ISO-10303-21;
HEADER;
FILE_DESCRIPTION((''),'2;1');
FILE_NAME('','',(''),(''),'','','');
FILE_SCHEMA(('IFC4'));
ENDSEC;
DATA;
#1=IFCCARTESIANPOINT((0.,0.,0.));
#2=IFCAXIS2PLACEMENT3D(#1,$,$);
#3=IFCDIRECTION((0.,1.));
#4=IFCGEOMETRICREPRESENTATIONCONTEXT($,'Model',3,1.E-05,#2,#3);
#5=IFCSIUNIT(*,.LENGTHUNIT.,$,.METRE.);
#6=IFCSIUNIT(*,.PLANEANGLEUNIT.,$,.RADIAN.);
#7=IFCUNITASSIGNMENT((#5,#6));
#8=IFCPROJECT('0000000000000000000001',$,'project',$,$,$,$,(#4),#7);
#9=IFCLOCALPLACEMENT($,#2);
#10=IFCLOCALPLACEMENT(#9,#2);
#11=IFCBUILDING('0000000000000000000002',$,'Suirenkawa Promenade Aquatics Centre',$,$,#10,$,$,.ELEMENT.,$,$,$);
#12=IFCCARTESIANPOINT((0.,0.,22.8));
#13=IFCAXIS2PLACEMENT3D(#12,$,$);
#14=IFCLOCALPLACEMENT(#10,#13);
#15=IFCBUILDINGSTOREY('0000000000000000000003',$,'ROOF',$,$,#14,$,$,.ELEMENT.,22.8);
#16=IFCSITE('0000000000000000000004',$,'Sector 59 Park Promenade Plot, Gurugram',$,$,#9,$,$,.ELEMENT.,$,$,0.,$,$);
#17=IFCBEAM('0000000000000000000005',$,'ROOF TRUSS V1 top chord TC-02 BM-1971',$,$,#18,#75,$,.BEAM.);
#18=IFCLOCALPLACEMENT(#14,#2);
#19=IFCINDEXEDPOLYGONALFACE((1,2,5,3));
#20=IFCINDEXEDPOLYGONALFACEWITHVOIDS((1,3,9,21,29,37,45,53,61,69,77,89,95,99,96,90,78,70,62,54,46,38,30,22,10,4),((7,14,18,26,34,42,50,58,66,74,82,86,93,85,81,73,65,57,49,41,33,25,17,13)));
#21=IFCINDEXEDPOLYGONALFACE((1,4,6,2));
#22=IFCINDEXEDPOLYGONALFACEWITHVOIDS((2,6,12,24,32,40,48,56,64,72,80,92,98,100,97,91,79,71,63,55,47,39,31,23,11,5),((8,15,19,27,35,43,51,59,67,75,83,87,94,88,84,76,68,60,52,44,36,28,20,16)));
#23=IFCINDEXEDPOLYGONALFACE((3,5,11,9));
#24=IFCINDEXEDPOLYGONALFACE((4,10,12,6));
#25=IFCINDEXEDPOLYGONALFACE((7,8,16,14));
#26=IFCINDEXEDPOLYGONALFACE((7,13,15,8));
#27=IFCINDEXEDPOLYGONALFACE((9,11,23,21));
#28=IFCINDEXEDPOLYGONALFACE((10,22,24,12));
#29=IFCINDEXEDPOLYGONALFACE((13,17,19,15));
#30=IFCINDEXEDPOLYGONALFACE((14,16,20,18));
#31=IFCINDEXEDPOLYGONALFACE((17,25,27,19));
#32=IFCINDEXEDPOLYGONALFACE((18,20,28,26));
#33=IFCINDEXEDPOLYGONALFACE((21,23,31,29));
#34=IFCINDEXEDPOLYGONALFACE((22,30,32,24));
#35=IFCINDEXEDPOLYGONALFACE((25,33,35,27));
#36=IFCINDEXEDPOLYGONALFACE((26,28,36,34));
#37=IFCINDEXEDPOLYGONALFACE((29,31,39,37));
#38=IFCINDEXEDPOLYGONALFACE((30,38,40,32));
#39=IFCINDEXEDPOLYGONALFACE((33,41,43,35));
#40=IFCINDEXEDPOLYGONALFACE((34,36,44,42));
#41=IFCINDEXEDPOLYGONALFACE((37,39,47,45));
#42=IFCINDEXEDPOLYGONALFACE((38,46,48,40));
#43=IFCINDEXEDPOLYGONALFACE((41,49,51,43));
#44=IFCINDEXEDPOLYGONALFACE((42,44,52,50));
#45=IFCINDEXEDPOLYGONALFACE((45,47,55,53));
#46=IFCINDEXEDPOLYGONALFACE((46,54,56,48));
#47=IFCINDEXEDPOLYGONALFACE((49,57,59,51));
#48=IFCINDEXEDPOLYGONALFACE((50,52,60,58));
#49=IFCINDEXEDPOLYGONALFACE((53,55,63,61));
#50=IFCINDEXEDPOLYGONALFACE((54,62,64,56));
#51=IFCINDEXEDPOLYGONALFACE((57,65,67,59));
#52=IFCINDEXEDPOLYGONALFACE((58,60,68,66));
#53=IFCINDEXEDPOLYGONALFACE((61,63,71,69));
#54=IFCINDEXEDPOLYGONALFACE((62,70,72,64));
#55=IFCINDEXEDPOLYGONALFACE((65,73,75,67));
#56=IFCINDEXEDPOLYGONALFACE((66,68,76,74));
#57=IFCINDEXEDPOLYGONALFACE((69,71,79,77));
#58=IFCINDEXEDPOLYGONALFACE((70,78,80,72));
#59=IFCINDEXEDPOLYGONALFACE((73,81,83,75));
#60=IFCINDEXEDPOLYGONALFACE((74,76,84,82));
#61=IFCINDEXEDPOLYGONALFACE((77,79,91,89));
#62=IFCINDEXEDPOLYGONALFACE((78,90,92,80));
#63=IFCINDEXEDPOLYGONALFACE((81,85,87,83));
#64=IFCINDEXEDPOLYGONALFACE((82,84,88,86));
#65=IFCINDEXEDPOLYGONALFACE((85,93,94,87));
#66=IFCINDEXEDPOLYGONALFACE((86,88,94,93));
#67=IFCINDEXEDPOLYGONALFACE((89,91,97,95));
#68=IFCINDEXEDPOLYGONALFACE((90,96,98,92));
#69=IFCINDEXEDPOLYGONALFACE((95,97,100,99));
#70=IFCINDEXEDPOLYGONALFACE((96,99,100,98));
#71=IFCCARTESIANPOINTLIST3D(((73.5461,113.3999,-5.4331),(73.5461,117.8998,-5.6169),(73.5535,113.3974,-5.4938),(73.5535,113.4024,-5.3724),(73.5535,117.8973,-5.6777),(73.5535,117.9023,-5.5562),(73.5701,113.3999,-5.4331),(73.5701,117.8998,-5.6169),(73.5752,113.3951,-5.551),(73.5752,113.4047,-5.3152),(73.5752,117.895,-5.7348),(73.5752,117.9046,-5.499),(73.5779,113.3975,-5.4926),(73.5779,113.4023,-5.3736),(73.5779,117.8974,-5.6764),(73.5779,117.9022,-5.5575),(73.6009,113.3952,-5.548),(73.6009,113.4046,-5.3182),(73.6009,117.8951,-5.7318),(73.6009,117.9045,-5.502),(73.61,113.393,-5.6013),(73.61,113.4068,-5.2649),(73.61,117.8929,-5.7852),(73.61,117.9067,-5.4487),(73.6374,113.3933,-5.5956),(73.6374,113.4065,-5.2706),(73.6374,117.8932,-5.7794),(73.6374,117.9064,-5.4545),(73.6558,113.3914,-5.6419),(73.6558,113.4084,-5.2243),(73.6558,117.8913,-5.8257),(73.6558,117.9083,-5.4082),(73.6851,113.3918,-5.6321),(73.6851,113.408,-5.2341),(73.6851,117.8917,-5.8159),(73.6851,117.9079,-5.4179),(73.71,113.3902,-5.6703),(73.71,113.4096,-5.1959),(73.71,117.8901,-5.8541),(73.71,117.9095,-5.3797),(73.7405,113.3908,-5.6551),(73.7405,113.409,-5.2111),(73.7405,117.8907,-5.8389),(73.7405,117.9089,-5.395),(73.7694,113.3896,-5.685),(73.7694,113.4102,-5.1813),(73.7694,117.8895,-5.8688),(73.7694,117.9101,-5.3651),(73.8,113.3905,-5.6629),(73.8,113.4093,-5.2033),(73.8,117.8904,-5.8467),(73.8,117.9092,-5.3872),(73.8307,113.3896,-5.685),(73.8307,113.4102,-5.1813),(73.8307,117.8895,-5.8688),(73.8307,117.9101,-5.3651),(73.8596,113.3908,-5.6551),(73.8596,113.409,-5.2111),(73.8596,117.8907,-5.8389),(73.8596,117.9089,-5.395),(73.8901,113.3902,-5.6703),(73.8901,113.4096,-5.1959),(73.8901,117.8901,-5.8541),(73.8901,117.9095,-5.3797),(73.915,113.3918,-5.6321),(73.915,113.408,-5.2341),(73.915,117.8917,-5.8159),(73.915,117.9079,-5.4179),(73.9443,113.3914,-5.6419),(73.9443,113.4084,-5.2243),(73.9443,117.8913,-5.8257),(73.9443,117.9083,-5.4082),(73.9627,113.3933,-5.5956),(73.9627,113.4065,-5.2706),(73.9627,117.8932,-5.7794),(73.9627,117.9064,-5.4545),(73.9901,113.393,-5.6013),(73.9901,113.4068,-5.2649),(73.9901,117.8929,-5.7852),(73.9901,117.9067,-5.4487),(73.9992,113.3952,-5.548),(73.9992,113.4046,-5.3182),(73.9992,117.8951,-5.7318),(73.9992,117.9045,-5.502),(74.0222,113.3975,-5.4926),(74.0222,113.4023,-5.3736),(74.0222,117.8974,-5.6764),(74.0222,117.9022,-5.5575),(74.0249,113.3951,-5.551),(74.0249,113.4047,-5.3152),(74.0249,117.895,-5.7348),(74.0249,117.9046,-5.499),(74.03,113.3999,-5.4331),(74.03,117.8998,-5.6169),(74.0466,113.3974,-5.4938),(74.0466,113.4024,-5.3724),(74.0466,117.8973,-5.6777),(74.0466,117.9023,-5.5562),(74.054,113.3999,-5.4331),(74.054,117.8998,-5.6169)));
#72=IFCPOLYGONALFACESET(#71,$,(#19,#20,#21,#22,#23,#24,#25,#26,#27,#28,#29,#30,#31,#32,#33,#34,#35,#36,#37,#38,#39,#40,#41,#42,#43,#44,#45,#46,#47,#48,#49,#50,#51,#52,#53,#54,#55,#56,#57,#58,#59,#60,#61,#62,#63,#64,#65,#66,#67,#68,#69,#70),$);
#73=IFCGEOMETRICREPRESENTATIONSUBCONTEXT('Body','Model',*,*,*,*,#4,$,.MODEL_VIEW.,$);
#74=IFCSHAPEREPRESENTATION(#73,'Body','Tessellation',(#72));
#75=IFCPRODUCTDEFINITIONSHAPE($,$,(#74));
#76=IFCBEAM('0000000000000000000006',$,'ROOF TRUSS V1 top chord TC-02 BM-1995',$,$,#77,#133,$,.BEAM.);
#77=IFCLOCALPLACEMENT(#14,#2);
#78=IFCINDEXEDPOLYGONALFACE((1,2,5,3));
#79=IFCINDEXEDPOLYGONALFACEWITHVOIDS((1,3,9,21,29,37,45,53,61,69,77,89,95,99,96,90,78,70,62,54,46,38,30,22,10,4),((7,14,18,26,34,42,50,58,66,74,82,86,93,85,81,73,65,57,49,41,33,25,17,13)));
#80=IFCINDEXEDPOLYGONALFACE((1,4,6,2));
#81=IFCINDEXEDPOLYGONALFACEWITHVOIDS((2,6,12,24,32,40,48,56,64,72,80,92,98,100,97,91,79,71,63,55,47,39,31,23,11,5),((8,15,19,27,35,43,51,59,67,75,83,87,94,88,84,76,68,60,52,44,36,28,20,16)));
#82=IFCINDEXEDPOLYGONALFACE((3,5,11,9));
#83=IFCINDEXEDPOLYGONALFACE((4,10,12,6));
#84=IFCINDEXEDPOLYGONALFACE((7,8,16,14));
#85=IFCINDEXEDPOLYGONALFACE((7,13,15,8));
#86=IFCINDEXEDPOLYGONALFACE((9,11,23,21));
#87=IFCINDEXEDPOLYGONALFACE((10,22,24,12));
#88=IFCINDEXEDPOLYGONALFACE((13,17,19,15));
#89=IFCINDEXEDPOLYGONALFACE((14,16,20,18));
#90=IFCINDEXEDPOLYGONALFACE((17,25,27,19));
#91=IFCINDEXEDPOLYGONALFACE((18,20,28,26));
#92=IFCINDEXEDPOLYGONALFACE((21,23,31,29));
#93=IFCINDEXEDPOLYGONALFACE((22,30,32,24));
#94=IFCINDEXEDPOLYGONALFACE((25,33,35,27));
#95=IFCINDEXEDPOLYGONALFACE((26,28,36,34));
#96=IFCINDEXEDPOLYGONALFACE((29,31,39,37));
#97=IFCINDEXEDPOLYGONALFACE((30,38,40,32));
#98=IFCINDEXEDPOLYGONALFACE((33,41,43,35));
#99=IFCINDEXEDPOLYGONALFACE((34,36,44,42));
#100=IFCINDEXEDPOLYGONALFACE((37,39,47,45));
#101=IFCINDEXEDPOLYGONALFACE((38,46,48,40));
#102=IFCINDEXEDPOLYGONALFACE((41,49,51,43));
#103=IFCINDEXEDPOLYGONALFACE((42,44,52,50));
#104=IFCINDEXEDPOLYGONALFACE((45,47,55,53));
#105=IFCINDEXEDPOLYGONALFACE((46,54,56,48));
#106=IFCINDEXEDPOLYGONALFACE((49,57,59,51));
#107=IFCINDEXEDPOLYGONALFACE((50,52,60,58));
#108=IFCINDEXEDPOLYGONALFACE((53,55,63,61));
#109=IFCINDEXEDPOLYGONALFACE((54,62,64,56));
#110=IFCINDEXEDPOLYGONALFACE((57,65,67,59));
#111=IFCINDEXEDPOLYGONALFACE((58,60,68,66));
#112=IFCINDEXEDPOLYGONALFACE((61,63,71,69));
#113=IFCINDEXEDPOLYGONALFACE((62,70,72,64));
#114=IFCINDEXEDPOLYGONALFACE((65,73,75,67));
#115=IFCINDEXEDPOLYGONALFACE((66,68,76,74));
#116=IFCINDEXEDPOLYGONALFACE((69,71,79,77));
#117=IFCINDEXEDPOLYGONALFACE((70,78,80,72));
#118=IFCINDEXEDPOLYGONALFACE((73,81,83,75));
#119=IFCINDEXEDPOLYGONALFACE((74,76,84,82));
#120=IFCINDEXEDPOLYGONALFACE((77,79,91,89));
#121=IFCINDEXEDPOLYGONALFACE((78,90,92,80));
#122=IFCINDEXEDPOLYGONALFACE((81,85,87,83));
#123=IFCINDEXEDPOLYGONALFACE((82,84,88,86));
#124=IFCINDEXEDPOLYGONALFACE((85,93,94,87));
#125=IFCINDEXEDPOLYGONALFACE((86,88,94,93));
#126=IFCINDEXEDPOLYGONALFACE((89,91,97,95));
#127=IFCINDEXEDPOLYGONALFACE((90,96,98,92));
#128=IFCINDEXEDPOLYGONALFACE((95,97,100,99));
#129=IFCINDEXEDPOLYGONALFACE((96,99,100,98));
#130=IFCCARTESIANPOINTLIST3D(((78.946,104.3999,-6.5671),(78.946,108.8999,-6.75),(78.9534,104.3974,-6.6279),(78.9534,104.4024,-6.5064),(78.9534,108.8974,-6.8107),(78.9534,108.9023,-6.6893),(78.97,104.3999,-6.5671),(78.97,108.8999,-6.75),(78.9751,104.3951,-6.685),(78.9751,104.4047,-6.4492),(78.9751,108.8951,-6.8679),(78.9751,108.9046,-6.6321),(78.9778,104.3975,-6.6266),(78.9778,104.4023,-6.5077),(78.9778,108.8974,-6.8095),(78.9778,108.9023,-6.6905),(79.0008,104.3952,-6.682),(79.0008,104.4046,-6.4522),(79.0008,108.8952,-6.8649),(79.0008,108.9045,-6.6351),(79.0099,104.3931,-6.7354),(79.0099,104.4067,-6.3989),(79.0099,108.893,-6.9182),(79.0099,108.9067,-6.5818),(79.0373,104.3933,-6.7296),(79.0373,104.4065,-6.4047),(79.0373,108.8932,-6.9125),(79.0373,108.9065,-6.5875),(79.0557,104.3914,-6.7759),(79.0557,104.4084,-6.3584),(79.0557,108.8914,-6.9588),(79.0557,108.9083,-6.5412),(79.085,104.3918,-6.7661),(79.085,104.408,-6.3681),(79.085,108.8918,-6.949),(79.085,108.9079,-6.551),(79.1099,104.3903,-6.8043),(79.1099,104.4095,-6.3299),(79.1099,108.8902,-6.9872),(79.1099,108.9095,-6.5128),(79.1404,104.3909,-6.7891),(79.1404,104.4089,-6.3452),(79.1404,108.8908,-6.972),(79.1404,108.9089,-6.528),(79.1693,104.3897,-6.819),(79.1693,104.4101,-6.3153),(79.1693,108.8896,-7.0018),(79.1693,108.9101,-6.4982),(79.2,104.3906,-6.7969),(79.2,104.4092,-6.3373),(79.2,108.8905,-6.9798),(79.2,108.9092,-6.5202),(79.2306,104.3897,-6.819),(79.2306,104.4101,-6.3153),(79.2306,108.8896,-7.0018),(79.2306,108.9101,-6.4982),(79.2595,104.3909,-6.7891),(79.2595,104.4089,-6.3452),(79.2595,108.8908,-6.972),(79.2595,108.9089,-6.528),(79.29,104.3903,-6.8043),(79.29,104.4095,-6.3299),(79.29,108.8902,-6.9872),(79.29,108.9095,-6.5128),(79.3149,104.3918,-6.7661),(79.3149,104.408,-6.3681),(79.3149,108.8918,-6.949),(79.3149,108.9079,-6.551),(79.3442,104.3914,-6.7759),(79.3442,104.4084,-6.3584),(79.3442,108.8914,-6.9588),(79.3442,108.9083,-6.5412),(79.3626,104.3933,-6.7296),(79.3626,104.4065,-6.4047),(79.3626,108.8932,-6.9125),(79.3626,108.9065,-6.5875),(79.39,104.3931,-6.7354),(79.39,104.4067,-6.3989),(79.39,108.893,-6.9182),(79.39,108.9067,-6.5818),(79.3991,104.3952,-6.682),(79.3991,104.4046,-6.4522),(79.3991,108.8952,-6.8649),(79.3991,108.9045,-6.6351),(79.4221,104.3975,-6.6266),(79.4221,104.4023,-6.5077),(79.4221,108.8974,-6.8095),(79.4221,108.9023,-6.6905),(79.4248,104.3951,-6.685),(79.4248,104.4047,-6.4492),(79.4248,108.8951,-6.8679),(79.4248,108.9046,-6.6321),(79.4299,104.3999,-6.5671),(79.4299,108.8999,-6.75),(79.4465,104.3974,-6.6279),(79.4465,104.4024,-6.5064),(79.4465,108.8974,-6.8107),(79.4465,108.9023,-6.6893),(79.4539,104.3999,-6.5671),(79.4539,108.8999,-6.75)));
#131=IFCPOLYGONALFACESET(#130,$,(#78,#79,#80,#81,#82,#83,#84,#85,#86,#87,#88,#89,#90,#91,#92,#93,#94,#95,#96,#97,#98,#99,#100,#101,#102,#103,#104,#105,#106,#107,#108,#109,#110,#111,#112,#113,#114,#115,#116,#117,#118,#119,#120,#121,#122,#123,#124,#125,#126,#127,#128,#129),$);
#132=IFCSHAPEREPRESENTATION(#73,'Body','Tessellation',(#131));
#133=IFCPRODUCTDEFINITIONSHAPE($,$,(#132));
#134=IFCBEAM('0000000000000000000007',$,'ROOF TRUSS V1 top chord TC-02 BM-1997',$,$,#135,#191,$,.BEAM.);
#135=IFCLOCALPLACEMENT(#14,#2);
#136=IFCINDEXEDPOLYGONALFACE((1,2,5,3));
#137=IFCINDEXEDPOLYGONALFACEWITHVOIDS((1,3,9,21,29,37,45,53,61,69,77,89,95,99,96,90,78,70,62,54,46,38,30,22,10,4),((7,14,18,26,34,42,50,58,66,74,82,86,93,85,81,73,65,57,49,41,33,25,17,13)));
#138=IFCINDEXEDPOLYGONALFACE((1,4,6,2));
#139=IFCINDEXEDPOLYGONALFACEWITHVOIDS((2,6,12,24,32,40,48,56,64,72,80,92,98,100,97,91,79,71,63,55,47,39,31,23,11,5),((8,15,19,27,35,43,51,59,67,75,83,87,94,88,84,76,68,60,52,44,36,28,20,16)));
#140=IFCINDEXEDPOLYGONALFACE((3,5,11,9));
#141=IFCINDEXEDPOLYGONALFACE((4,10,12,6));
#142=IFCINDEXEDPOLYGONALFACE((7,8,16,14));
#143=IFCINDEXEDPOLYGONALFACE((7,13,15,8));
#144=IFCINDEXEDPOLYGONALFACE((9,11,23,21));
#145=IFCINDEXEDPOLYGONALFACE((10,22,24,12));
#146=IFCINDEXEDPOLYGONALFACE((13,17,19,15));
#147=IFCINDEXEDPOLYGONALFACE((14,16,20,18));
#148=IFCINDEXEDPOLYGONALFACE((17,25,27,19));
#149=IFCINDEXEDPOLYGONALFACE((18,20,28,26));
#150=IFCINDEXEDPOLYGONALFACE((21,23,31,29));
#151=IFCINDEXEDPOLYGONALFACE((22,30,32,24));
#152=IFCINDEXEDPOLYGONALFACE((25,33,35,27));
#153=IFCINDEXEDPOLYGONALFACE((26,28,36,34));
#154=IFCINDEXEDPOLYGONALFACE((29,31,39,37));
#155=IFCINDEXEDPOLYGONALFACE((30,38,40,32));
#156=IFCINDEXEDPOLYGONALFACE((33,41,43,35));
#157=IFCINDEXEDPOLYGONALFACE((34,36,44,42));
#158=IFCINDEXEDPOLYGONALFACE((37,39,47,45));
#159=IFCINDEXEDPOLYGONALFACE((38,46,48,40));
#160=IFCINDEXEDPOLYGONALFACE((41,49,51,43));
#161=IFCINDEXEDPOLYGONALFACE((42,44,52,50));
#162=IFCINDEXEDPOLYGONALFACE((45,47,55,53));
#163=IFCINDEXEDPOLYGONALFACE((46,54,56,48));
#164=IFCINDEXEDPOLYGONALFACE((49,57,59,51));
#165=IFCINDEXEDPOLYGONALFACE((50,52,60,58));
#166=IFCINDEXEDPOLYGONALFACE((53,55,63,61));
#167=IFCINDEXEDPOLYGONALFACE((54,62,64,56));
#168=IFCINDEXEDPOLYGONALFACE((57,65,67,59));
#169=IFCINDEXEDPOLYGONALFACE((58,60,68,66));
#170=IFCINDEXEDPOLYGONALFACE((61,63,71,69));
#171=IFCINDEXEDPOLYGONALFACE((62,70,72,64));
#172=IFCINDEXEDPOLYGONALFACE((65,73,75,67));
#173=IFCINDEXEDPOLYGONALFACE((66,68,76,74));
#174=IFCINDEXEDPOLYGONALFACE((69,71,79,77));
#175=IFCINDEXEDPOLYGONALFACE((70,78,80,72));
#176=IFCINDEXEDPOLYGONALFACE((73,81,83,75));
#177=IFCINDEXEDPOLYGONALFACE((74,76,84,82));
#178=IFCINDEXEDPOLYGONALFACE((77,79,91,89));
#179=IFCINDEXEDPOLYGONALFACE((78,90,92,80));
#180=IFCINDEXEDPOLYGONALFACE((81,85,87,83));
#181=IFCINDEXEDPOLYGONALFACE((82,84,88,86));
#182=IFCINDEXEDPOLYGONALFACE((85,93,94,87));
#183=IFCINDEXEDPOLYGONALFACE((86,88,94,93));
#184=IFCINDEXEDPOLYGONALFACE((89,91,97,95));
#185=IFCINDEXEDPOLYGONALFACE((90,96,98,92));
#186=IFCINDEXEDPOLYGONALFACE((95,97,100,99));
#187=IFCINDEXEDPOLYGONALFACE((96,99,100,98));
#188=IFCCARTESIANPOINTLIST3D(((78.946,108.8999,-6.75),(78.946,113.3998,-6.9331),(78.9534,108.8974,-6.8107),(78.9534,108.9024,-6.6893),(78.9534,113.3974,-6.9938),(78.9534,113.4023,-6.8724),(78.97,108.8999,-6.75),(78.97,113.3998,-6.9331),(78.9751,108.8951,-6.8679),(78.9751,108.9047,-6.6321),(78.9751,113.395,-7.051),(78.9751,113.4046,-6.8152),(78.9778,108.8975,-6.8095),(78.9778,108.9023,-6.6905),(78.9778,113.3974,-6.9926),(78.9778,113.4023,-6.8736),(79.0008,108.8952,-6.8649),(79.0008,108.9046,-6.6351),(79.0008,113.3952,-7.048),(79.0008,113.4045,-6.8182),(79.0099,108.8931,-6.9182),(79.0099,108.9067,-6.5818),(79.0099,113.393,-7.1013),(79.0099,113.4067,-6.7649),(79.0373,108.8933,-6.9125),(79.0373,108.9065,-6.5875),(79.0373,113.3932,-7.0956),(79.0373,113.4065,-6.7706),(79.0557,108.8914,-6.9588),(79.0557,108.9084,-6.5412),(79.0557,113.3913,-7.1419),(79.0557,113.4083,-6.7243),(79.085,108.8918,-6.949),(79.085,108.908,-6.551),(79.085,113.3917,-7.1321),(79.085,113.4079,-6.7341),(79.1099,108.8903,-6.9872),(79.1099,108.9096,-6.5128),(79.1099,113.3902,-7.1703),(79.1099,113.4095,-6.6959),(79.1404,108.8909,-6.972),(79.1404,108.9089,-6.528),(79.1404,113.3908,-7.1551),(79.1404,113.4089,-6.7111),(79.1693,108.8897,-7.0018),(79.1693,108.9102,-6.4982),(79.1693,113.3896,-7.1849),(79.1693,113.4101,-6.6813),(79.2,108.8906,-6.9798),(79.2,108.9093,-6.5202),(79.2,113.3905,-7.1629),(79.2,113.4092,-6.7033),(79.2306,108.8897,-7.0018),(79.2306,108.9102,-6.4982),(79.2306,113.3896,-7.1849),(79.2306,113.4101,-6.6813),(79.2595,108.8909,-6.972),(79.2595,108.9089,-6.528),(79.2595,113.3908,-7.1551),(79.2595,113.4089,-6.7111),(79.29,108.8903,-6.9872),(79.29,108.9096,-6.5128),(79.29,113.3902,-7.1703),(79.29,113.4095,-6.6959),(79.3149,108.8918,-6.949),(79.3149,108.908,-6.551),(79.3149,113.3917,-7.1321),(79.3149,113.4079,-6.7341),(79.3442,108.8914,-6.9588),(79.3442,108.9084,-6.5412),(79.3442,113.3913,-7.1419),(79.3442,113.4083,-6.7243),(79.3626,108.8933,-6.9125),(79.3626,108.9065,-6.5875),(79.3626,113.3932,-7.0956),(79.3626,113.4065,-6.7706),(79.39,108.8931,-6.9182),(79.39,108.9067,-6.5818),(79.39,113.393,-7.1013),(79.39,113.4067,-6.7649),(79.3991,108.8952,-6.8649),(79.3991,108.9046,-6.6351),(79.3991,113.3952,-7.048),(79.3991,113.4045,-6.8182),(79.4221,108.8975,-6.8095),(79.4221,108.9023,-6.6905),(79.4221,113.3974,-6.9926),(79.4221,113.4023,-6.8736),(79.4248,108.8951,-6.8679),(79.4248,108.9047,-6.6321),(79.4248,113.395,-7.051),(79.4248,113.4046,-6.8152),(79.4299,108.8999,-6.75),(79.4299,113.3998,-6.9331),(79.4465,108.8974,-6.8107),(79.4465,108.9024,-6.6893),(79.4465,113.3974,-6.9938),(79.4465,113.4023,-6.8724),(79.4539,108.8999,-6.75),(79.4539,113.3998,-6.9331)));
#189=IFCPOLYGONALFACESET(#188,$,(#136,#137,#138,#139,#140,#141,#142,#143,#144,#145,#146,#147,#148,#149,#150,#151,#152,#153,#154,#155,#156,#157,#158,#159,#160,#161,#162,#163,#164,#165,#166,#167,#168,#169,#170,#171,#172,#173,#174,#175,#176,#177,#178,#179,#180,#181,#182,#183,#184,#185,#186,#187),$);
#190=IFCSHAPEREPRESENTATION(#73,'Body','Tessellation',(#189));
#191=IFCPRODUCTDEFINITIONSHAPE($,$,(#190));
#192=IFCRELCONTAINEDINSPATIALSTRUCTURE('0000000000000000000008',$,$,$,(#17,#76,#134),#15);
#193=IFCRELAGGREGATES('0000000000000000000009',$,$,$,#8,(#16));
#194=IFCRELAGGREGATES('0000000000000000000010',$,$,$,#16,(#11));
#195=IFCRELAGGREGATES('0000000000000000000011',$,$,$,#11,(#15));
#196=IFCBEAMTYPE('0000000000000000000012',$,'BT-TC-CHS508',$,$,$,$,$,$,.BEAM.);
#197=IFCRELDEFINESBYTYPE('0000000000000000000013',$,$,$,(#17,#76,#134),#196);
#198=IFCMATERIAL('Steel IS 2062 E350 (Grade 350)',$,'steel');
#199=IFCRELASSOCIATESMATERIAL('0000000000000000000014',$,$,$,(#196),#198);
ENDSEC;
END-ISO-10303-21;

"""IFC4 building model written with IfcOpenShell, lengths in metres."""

from ifc_helpers import new_model, si_unit, direction, frame, origin, origin_2d, place, context, subcontext, project, spatial, hollow_circle, extrude, material, material_profile, profile_set, type_object, element, save


model = new_model("IFC4")

# Units and contexts
model_context = context("Model", 3, precision=1e-05, world=origin(), true_north=direction((0.0, 1.0)))
body_context = subcontext(model_context, "Body", "Model", "MODEL_VIEW")
ifc_project = project(units=[si_unit("LENGTHUNIT", "METRE"), si_unit("PLANEANGLEUNIT", "RADIAN")], contexts=[model_context])

# Site, building, storey
site_placement = place(None, origin())
site = spatial("IfcSite", under=ifc_project, at=site_placement, Name="Sector 59 Park Promenade Plot, Gurugram", CompositionType="ELEMENT", RefElevation=0.0)
building_placement = place(site_placement, origin())
building = spatial("IfcBuilding", under=site, at=building_placement, Name="Suirenkawa Promenade Aquatics Centre", CompositionType="ELEMENT")
storey_placement = place(building_placement, frame((0.0, 0.0, 22.8)))
storey = spatial("IfcBuildingStorey", under=building, at=storey_placement, Name="ROOF", CompositionType="ELEMENT", Elevation=22.8)

# Beams
ifc_material = material(Name="Steel IS 2062 E350 (Grade 350)", Category="steel")
ifc_material_profile_1 = material_profile(ifc_material, hollow_circle(Radius=0.2539, WallThickness=0.0239, at=origin_2d()), Name="CHS 508x24", Category="steel")
ifc_profile_set_1 = profile_set([ifc_material_profile_1], Name="Steel IS 2062 E350 (Grade 350)")
beam_type_1 = type_object("IfcBeamType", Name="BT-TC-CHS508", PredefinedType="BEAM", material=ifc_profile_set_1)
for number, where, z_axis, x_axis, name in (
    (1, (73.8, 113.3999, -5.4331), (0.0, 0.999167, -0.040819), (-1.0, 0.0, 0.0), "ROOF TRUSS V1 top chord TC-02 BM-1971"),
    (2, (79.2, 104.3999, -6.5671), (0.0, 0.999175, -0.040602), (-1.0, 0.0, 0.0), "ROOF TRUSS V1 top chord TC-02 BM-1995"),
    (3, (79.2, 108.8999, -6.75), (0.0, 0.999173, -0.040656), (-1.0, 0.0, 0.0), "ROOF TRUSS V1 top chord TC-02 BM-1997"),
):
    element("IfcBeam", number, at=place(storey_placement, frame(where, z_axis=z_axis, x_axis=x_axis)), inside=storey, type_object=beam_type_1, Name=name, PredefinedType="BEAM", context=body_context, shape_type="SweptSolid", body=[
        extrude(hollow_circle(Radius=0.2539, WallThickness=0.0239, at=origin_2d()), origin(), (0.0, 0.0, 1.0), 4.5037),
    ])

save(model, "model.ifc")
